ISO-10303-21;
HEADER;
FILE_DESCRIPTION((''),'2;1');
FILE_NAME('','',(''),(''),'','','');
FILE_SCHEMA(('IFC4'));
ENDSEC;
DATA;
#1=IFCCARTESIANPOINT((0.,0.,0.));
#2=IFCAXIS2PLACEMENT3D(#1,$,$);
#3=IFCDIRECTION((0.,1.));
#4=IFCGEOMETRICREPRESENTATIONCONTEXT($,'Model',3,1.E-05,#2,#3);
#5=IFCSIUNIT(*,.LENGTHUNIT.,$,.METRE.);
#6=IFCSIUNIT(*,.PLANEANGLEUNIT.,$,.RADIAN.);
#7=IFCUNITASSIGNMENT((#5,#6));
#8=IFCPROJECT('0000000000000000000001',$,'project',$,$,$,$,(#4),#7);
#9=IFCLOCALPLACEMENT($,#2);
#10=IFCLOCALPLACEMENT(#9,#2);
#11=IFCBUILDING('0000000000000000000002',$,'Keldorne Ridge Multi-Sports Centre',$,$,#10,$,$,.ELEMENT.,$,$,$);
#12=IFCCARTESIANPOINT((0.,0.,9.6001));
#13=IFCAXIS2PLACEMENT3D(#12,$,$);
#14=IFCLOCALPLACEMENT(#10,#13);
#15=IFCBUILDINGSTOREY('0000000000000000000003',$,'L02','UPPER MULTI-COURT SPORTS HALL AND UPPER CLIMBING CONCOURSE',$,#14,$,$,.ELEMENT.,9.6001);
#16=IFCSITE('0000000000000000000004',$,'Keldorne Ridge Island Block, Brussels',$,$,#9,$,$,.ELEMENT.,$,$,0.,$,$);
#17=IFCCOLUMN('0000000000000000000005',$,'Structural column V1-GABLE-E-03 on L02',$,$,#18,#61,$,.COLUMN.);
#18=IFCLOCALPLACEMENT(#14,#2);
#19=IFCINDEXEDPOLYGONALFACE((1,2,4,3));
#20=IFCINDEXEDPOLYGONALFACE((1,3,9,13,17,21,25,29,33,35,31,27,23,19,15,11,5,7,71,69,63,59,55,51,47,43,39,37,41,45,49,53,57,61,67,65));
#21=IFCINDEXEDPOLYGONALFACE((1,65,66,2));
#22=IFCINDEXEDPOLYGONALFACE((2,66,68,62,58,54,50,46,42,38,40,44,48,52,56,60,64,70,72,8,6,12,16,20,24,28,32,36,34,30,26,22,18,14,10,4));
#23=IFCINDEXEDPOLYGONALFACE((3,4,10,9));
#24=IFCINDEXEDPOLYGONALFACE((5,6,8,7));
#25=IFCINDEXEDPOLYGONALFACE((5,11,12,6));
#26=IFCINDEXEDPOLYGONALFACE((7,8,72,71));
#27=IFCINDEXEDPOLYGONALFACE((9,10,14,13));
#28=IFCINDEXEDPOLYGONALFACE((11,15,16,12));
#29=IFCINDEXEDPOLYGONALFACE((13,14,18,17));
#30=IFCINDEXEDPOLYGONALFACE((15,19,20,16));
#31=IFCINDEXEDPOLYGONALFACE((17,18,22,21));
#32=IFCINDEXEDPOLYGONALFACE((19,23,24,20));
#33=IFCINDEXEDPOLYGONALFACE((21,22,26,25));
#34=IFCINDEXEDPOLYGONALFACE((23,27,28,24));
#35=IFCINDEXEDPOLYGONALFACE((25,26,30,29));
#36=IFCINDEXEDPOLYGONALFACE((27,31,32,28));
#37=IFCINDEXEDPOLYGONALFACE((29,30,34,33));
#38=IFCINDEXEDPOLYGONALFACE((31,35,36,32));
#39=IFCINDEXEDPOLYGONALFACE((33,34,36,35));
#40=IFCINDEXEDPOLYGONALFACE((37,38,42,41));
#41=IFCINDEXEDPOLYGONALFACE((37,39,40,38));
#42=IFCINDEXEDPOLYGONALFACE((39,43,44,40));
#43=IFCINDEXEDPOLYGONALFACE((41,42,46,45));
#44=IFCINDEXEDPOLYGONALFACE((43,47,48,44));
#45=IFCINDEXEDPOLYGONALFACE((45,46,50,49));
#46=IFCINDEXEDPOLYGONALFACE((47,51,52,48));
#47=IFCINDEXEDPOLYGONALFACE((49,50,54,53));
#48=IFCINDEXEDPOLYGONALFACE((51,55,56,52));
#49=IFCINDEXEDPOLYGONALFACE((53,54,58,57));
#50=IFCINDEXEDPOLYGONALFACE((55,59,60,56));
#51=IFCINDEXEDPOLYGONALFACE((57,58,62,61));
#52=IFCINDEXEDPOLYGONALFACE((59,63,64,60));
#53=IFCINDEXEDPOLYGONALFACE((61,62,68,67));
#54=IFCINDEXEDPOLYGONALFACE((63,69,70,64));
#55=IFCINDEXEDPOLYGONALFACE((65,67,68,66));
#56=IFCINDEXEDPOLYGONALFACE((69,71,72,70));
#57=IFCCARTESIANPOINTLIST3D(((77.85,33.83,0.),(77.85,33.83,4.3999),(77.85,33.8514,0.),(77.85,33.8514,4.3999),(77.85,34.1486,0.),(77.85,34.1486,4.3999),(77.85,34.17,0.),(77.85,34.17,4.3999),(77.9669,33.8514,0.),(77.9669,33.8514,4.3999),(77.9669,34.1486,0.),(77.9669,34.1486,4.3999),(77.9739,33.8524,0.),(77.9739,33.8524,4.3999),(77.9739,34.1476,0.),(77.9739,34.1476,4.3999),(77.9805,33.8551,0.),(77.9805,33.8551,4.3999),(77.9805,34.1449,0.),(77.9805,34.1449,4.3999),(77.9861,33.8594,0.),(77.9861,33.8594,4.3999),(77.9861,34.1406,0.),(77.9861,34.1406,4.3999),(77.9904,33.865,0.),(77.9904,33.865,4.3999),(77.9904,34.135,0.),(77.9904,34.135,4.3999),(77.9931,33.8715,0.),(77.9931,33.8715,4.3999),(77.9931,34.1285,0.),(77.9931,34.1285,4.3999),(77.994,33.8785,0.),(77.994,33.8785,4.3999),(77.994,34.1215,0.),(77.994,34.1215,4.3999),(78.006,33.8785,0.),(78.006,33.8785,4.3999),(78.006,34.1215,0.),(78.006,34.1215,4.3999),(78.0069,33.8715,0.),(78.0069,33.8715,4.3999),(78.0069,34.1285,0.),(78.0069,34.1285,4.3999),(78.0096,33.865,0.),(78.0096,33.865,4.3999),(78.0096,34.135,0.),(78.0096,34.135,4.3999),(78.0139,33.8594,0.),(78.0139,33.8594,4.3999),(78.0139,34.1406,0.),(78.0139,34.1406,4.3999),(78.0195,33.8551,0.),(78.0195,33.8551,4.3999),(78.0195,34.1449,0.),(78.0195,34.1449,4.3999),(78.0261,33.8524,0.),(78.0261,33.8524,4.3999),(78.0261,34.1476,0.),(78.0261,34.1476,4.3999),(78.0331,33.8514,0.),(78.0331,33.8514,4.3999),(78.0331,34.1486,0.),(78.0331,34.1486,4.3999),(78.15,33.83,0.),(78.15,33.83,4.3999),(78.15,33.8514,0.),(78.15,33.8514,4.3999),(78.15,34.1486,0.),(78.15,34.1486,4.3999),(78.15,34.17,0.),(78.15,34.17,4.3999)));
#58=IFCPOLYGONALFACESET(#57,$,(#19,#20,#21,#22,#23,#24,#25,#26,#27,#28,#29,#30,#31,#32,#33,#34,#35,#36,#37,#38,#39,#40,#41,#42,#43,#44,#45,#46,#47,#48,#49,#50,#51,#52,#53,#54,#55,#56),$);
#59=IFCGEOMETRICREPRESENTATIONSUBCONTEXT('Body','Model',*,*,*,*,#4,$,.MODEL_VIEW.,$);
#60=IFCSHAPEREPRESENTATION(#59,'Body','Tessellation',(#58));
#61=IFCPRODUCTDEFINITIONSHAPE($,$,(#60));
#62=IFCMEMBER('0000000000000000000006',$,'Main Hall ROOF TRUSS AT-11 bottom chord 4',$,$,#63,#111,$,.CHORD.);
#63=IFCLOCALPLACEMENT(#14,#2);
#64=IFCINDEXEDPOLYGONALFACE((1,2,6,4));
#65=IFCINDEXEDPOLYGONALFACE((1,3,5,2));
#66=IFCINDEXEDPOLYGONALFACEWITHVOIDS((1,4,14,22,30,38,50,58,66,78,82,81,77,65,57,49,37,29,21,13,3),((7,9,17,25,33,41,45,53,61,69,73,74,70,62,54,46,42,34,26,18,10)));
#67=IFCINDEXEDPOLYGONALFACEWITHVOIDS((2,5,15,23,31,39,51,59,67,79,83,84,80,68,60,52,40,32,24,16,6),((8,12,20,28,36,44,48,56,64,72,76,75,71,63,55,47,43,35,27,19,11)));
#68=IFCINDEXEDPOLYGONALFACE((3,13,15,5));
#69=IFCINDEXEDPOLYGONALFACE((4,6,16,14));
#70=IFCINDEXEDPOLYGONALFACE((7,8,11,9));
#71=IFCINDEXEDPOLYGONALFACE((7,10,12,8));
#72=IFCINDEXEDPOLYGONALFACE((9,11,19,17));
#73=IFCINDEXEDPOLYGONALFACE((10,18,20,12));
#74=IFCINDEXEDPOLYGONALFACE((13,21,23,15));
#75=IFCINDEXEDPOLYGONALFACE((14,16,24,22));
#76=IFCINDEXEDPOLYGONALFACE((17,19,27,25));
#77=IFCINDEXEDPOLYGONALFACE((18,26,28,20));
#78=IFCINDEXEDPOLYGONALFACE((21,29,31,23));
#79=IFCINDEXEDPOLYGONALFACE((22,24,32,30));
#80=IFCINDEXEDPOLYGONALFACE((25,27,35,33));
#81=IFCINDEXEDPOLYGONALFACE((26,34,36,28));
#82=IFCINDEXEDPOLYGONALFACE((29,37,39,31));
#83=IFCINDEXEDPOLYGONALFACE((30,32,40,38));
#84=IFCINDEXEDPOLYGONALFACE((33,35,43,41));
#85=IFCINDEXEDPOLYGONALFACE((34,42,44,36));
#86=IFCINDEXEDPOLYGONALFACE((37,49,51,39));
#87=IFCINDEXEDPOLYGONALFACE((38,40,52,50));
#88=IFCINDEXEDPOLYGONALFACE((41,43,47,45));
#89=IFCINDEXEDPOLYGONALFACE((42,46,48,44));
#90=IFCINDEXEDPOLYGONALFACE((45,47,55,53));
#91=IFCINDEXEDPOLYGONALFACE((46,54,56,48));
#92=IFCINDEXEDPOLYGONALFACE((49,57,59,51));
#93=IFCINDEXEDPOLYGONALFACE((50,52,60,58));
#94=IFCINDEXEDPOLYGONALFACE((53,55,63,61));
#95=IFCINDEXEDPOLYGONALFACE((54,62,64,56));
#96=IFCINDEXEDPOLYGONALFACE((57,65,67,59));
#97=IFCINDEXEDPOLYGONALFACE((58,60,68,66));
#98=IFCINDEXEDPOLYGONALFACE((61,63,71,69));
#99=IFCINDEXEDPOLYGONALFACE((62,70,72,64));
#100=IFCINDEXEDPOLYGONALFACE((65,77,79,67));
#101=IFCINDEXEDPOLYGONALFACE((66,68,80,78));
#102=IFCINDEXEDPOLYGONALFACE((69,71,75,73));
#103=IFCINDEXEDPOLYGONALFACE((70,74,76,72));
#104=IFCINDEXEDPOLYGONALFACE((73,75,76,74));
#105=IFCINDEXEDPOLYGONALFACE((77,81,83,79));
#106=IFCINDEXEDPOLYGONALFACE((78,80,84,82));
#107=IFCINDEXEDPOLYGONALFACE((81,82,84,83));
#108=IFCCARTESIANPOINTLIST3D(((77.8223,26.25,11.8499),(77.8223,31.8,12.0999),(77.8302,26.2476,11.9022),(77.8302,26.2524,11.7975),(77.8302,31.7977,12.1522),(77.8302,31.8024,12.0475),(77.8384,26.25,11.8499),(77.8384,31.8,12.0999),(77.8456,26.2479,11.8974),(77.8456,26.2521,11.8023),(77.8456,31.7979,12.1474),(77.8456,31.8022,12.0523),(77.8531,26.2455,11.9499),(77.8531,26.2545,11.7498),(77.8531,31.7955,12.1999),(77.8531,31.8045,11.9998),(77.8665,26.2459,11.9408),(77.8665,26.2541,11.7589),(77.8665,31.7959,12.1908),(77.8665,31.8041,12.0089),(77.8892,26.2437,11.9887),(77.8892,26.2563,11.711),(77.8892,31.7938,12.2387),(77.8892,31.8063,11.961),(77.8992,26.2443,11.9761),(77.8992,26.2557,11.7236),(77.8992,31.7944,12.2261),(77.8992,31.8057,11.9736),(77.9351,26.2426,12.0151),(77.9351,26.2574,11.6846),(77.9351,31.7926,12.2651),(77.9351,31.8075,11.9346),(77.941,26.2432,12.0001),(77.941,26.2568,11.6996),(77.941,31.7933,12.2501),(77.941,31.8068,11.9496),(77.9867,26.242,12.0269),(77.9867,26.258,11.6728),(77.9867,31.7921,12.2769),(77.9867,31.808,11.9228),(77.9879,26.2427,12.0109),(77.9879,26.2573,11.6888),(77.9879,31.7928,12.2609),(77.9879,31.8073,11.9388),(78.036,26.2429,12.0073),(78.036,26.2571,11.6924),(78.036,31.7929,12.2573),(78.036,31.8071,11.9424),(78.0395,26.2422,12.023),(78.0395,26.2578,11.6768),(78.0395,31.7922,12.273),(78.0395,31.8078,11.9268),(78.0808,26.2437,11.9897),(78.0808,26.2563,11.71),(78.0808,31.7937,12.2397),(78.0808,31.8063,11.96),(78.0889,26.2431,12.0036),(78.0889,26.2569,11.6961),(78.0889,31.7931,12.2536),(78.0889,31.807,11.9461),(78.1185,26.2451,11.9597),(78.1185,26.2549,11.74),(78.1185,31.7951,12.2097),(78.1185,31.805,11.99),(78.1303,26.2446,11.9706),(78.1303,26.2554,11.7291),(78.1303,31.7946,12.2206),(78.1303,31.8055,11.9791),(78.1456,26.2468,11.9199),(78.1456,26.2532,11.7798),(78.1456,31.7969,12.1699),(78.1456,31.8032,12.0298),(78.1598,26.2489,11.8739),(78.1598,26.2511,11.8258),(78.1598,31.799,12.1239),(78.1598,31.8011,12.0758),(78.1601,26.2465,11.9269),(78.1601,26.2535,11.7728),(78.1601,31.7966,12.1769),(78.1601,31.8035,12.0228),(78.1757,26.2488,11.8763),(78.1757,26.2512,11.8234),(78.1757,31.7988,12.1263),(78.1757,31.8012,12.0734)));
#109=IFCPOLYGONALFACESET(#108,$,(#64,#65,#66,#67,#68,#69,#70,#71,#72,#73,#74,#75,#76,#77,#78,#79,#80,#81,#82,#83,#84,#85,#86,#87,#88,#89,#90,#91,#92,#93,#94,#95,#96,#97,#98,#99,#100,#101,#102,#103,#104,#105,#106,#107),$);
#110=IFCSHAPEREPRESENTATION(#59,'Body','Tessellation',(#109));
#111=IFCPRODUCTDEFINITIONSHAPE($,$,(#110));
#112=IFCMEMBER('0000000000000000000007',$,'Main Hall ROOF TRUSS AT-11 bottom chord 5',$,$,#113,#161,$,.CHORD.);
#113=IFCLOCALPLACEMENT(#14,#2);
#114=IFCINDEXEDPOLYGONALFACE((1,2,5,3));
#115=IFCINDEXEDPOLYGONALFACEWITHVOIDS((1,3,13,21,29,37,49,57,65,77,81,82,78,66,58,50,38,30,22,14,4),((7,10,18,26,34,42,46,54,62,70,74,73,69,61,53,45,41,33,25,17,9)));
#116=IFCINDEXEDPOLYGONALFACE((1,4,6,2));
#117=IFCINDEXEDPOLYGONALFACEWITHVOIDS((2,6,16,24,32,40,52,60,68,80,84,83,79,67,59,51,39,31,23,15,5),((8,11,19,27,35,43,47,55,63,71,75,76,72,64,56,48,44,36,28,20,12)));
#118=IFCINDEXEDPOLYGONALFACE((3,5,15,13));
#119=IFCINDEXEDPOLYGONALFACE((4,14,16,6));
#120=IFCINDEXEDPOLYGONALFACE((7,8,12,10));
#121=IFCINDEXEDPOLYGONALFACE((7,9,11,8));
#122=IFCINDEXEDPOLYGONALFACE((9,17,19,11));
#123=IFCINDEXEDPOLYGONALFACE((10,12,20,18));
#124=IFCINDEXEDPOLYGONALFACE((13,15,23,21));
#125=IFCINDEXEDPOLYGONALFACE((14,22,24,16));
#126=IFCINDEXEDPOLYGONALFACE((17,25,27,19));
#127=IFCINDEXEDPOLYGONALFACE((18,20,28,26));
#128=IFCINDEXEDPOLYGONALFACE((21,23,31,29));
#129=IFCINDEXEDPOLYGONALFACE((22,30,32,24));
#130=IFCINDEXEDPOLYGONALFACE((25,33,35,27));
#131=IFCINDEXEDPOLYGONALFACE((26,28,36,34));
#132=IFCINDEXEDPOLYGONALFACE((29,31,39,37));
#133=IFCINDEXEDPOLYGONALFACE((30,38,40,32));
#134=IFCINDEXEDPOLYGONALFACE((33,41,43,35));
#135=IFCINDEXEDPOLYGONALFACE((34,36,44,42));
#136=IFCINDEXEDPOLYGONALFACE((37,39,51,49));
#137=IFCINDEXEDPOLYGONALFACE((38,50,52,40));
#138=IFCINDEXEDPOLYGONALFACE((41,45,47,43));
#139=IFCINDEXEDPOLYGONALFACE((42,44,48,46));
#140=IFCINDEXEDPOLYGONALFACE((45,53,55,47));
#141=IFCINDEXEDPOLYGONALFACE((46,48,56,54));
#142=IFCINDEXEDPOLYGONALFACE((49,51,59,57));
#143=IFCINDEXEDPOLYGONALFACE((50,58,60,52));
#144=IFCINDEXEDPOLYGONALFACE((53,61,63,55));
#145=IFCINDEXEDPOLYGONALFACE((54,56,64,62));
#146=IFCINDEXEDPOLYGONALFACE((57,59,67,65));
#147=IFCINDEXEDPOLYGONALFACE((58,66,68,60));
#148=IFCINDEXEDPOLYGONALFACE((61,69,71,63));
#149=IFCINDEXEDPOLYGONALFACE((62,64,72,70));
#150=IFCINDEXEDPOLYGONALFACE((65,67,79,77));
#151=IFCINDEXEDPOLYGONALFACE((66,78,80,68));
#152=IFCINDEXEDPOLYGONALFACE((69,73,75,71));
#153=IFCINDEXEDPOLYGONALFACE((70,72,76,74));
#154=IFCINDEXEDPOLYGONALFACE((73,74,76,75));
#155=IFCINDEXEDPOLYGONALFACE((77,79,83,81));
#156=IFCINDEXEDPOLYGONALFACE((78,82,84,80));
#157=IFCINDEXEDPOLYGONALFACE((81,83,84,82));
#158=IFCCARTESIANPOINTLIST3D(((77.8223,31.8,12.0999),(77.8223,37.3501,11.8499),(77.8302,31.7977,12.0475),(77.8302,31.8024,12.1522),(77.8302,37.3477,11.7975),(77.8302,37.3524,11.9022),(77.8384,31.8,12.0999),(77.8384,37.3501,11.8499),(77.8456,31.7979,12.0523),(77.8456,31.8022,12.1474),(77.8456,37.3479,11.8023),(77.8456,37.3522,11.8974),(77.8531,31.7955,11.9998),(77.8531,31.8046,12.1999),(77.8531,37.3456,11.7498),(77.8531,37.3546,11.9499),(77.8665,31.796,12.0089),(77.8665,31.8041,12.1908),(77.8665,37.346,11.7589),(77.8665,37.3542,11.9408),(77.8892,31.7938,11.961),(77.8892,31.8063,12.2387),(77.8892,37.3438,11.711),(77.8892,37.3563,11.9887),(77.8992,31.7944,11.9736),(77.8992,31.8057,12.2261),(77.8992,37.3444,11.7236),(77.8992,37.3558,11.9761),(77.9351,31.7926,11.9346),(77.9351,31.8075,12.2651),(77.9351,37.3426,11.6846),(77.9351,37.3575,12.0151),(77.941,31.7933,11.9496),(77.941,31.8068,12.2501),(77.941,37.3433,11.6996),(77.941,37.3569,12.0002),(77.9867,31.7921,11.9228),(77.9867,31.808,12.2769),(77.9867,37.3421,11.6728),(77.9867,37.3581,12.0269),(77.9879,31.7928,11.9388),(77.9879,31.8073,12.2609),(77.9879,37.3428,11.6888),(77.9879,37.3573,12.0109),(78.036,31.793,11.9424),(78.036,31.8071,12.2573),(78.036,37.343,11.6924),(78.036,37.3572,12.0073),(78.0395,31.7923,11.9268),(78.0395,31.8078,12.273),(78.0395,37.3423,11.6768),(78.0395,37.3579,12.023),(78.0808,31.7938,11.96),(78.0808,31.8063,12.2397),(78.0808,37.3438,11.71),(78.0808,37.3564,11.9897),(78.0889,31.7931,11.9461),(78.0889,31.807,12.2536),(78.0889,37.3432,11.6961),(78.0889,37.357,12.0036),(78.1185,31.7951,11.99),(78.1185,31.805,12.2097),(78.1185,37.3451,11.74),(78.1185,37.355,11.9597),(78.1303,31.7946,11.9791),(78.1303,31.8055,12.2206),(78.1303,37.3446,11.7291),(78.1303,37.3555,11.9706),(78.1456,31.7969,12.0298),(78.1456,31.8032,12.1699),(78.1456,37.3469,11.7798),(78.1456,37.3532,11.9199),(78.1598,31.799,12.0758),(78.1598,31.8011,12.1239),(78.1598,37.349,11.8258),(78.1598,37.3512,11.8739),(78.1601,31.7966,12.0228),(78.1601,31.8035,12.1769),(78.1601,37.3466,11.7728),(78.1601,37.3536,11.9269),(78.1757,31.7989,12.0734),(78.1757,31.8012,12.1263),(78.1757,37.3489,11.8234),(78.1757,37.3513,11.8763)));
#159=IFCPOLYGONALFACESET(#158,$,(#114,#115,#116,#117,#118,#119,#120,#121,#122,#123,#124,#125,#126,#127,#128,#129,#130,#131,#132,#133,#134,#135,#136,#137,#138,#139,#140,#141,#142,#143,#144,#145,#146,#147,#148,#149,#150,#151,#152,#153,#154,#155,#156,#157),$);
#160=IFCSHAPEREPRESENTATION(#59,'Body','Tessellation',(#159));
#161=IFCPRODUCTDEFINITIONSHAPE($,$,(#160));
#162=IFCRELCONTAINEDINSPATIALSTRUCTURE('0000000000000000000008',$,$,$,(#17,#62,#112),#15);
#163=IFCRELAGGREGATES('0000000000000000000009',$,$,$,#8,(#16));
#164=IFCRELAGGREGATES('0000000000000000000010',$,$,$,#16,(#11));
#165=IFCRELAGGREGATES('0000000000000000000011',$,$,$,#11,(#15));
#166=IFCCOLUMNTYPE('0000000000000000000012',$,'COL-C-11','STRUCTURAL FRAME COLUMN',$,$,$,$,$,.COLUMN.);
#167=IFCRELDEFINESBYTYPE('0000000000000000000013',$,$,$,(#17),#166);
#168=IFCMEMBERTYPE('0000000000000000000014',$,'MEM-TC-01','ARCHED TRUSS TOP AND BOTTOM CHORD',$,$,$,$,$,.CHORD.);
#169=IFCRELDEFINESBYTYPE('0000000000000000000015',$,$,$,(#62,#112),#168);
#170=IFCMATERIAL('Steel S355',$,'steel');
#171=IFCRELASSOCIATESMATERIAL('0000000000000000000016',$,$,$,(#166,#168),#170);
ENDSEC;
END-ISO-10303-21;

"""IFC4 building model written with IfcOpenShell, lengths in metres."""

from ifc_helpers import new_model, si_unit, direction, frame, origin, origin_2d, place, context, subcontext, project, spatial, hollow_circle, i_section, extrude, material, material_profile, profile_set, type_object, element, save


model = new_model("IFC4")

# Units and contexts
model_context = context("Model", 3, precision=1e-05, world=origin(), true_north=direction((0.0, 1.0)))
body_context = subcontext(model_context, "Body", "Model", "MODEL_VIEW")
ifc_project = project(units=[si_unit("LENGTHUNIT", "METRE"), si_unit("PLANEANGLEUNIT", "RADIAN")], contexts=[model_context])

# Site, building, storey
site_placement = place(None, origin())
site = spatial("IfcSite", under=ifc_project, at=site_placement, Name="Keldorne Ridge Island Block, Brussels", CompositionType="ELEMENT", RefElevation=0.0)
building_placement = place(site_placement, origin())
building = spatial("IfcBuilding", under=site, at=building_placement, Name="Keldorne Ridge Multi-Sports Centre", CompositionType="ELEMENT")
storey_placement = place(building_placement, frame((0.0, 0.0, 9.6001)))
storey = spatial("IfcBuildingStorey", under=building, at=storey_placement, Name="L02", Description="UPPER MULTI-COURT SPORTS HALL AND UPPER CLIMBING CONCOURSE", CompositionType="ELEMENT", Elevation=9.6001)

# Column
ifc_material = material(Name="Steel S355", Category="steel")
ifc_material_profile_1 = material_profile(ifc_material, i_section(OverallWidth=0.3, OverallDepth=0.3401, WebThickness=0.012, FlangeThickness=0.0215, FilletRadius=0.0271, at=origin_2d()), Name="HEB 340")
ifc_profile_set_1 = profile_set([ifc_material_profile_1], Name="Steel S355")
column_type = type_object("IfcColumnType", Name="COL-C-11", Description="STRUCTURAL FRAME COLUMN", PredefinedType="COLUMN", material=ifc_profile_set_1)
column_placement = place(storey_placement, frame((78.0, 34.0, 0.0), z_axis=(0.0, 0.0, 1.0), x_axis=(1.0, 0.0, 0.0)))
element("IfcColumn", 1, at=column_placement, inside=storey, type_object=column_type, Name="Structural column V1-GABLE-E-03 on L02", PredefinedType="COLUMN", context=body_context, shape_type="SweptSolid", body=[
    extrude(i_section(OverallWidth=0.3, OverallDepth=0.3401, WebThickness=0.012, FlangeThickness=0.0215, FilletRadius=0.0271, at=origin_2d()), origin(), (0.0, 0.0, 1.0), 4.3999),
])

# Members
ifc_material_profile_2 = material_profile(ifc_material, hollow_circle(Radius=0.1777, WallThickness=0.0161, at=origin_2d()), Name="CHS 355.6x16")
ifc_profile_set_2 = profile_set([ifc_material_profile_2], Name="Steel S355")
member_type_1 = type_object("IfcMemberType", Name="MEM-TC-01", Description="ARCHED TRUSS TOP AND BOTTOM CHORD", PredefinedType="CHORD", material=ifc_profile_set_2)
for number, where, z_axis, x_axis, name in (
    (2, (78.0, 26.25, 11.8499), (0.0, 0.998987, 0.044999), (-1.0, 0.0, 0.0), "Main Hall ROOF TRUSS AT-11 bottom chord 4"),
    (3, (78.0, 31.8, 12.0999), (0.0, 0.998987, -0.044999), (-1.0, 0.0, 0.0), "Main Hall ROOF TRUSS AT-11 bottom chord 5"),
):
    element("IfcMember", number, at=place(storey_placement, frame(where, z_axis=z_axis, x_axis=x_axis)), inside=storey, type_object=member_type_1, Name=name, PredefinedType="CHORD", context=body_context, shape_type="SweptSolid", body=[
        extrude(hollow_circle(Radius=0.1777, WallThickness=0.0161, at=origin_2d()), origin(), (0.0, 0.0, 1.0), 5.5557),
    ])

save(model, "model.ifc")
